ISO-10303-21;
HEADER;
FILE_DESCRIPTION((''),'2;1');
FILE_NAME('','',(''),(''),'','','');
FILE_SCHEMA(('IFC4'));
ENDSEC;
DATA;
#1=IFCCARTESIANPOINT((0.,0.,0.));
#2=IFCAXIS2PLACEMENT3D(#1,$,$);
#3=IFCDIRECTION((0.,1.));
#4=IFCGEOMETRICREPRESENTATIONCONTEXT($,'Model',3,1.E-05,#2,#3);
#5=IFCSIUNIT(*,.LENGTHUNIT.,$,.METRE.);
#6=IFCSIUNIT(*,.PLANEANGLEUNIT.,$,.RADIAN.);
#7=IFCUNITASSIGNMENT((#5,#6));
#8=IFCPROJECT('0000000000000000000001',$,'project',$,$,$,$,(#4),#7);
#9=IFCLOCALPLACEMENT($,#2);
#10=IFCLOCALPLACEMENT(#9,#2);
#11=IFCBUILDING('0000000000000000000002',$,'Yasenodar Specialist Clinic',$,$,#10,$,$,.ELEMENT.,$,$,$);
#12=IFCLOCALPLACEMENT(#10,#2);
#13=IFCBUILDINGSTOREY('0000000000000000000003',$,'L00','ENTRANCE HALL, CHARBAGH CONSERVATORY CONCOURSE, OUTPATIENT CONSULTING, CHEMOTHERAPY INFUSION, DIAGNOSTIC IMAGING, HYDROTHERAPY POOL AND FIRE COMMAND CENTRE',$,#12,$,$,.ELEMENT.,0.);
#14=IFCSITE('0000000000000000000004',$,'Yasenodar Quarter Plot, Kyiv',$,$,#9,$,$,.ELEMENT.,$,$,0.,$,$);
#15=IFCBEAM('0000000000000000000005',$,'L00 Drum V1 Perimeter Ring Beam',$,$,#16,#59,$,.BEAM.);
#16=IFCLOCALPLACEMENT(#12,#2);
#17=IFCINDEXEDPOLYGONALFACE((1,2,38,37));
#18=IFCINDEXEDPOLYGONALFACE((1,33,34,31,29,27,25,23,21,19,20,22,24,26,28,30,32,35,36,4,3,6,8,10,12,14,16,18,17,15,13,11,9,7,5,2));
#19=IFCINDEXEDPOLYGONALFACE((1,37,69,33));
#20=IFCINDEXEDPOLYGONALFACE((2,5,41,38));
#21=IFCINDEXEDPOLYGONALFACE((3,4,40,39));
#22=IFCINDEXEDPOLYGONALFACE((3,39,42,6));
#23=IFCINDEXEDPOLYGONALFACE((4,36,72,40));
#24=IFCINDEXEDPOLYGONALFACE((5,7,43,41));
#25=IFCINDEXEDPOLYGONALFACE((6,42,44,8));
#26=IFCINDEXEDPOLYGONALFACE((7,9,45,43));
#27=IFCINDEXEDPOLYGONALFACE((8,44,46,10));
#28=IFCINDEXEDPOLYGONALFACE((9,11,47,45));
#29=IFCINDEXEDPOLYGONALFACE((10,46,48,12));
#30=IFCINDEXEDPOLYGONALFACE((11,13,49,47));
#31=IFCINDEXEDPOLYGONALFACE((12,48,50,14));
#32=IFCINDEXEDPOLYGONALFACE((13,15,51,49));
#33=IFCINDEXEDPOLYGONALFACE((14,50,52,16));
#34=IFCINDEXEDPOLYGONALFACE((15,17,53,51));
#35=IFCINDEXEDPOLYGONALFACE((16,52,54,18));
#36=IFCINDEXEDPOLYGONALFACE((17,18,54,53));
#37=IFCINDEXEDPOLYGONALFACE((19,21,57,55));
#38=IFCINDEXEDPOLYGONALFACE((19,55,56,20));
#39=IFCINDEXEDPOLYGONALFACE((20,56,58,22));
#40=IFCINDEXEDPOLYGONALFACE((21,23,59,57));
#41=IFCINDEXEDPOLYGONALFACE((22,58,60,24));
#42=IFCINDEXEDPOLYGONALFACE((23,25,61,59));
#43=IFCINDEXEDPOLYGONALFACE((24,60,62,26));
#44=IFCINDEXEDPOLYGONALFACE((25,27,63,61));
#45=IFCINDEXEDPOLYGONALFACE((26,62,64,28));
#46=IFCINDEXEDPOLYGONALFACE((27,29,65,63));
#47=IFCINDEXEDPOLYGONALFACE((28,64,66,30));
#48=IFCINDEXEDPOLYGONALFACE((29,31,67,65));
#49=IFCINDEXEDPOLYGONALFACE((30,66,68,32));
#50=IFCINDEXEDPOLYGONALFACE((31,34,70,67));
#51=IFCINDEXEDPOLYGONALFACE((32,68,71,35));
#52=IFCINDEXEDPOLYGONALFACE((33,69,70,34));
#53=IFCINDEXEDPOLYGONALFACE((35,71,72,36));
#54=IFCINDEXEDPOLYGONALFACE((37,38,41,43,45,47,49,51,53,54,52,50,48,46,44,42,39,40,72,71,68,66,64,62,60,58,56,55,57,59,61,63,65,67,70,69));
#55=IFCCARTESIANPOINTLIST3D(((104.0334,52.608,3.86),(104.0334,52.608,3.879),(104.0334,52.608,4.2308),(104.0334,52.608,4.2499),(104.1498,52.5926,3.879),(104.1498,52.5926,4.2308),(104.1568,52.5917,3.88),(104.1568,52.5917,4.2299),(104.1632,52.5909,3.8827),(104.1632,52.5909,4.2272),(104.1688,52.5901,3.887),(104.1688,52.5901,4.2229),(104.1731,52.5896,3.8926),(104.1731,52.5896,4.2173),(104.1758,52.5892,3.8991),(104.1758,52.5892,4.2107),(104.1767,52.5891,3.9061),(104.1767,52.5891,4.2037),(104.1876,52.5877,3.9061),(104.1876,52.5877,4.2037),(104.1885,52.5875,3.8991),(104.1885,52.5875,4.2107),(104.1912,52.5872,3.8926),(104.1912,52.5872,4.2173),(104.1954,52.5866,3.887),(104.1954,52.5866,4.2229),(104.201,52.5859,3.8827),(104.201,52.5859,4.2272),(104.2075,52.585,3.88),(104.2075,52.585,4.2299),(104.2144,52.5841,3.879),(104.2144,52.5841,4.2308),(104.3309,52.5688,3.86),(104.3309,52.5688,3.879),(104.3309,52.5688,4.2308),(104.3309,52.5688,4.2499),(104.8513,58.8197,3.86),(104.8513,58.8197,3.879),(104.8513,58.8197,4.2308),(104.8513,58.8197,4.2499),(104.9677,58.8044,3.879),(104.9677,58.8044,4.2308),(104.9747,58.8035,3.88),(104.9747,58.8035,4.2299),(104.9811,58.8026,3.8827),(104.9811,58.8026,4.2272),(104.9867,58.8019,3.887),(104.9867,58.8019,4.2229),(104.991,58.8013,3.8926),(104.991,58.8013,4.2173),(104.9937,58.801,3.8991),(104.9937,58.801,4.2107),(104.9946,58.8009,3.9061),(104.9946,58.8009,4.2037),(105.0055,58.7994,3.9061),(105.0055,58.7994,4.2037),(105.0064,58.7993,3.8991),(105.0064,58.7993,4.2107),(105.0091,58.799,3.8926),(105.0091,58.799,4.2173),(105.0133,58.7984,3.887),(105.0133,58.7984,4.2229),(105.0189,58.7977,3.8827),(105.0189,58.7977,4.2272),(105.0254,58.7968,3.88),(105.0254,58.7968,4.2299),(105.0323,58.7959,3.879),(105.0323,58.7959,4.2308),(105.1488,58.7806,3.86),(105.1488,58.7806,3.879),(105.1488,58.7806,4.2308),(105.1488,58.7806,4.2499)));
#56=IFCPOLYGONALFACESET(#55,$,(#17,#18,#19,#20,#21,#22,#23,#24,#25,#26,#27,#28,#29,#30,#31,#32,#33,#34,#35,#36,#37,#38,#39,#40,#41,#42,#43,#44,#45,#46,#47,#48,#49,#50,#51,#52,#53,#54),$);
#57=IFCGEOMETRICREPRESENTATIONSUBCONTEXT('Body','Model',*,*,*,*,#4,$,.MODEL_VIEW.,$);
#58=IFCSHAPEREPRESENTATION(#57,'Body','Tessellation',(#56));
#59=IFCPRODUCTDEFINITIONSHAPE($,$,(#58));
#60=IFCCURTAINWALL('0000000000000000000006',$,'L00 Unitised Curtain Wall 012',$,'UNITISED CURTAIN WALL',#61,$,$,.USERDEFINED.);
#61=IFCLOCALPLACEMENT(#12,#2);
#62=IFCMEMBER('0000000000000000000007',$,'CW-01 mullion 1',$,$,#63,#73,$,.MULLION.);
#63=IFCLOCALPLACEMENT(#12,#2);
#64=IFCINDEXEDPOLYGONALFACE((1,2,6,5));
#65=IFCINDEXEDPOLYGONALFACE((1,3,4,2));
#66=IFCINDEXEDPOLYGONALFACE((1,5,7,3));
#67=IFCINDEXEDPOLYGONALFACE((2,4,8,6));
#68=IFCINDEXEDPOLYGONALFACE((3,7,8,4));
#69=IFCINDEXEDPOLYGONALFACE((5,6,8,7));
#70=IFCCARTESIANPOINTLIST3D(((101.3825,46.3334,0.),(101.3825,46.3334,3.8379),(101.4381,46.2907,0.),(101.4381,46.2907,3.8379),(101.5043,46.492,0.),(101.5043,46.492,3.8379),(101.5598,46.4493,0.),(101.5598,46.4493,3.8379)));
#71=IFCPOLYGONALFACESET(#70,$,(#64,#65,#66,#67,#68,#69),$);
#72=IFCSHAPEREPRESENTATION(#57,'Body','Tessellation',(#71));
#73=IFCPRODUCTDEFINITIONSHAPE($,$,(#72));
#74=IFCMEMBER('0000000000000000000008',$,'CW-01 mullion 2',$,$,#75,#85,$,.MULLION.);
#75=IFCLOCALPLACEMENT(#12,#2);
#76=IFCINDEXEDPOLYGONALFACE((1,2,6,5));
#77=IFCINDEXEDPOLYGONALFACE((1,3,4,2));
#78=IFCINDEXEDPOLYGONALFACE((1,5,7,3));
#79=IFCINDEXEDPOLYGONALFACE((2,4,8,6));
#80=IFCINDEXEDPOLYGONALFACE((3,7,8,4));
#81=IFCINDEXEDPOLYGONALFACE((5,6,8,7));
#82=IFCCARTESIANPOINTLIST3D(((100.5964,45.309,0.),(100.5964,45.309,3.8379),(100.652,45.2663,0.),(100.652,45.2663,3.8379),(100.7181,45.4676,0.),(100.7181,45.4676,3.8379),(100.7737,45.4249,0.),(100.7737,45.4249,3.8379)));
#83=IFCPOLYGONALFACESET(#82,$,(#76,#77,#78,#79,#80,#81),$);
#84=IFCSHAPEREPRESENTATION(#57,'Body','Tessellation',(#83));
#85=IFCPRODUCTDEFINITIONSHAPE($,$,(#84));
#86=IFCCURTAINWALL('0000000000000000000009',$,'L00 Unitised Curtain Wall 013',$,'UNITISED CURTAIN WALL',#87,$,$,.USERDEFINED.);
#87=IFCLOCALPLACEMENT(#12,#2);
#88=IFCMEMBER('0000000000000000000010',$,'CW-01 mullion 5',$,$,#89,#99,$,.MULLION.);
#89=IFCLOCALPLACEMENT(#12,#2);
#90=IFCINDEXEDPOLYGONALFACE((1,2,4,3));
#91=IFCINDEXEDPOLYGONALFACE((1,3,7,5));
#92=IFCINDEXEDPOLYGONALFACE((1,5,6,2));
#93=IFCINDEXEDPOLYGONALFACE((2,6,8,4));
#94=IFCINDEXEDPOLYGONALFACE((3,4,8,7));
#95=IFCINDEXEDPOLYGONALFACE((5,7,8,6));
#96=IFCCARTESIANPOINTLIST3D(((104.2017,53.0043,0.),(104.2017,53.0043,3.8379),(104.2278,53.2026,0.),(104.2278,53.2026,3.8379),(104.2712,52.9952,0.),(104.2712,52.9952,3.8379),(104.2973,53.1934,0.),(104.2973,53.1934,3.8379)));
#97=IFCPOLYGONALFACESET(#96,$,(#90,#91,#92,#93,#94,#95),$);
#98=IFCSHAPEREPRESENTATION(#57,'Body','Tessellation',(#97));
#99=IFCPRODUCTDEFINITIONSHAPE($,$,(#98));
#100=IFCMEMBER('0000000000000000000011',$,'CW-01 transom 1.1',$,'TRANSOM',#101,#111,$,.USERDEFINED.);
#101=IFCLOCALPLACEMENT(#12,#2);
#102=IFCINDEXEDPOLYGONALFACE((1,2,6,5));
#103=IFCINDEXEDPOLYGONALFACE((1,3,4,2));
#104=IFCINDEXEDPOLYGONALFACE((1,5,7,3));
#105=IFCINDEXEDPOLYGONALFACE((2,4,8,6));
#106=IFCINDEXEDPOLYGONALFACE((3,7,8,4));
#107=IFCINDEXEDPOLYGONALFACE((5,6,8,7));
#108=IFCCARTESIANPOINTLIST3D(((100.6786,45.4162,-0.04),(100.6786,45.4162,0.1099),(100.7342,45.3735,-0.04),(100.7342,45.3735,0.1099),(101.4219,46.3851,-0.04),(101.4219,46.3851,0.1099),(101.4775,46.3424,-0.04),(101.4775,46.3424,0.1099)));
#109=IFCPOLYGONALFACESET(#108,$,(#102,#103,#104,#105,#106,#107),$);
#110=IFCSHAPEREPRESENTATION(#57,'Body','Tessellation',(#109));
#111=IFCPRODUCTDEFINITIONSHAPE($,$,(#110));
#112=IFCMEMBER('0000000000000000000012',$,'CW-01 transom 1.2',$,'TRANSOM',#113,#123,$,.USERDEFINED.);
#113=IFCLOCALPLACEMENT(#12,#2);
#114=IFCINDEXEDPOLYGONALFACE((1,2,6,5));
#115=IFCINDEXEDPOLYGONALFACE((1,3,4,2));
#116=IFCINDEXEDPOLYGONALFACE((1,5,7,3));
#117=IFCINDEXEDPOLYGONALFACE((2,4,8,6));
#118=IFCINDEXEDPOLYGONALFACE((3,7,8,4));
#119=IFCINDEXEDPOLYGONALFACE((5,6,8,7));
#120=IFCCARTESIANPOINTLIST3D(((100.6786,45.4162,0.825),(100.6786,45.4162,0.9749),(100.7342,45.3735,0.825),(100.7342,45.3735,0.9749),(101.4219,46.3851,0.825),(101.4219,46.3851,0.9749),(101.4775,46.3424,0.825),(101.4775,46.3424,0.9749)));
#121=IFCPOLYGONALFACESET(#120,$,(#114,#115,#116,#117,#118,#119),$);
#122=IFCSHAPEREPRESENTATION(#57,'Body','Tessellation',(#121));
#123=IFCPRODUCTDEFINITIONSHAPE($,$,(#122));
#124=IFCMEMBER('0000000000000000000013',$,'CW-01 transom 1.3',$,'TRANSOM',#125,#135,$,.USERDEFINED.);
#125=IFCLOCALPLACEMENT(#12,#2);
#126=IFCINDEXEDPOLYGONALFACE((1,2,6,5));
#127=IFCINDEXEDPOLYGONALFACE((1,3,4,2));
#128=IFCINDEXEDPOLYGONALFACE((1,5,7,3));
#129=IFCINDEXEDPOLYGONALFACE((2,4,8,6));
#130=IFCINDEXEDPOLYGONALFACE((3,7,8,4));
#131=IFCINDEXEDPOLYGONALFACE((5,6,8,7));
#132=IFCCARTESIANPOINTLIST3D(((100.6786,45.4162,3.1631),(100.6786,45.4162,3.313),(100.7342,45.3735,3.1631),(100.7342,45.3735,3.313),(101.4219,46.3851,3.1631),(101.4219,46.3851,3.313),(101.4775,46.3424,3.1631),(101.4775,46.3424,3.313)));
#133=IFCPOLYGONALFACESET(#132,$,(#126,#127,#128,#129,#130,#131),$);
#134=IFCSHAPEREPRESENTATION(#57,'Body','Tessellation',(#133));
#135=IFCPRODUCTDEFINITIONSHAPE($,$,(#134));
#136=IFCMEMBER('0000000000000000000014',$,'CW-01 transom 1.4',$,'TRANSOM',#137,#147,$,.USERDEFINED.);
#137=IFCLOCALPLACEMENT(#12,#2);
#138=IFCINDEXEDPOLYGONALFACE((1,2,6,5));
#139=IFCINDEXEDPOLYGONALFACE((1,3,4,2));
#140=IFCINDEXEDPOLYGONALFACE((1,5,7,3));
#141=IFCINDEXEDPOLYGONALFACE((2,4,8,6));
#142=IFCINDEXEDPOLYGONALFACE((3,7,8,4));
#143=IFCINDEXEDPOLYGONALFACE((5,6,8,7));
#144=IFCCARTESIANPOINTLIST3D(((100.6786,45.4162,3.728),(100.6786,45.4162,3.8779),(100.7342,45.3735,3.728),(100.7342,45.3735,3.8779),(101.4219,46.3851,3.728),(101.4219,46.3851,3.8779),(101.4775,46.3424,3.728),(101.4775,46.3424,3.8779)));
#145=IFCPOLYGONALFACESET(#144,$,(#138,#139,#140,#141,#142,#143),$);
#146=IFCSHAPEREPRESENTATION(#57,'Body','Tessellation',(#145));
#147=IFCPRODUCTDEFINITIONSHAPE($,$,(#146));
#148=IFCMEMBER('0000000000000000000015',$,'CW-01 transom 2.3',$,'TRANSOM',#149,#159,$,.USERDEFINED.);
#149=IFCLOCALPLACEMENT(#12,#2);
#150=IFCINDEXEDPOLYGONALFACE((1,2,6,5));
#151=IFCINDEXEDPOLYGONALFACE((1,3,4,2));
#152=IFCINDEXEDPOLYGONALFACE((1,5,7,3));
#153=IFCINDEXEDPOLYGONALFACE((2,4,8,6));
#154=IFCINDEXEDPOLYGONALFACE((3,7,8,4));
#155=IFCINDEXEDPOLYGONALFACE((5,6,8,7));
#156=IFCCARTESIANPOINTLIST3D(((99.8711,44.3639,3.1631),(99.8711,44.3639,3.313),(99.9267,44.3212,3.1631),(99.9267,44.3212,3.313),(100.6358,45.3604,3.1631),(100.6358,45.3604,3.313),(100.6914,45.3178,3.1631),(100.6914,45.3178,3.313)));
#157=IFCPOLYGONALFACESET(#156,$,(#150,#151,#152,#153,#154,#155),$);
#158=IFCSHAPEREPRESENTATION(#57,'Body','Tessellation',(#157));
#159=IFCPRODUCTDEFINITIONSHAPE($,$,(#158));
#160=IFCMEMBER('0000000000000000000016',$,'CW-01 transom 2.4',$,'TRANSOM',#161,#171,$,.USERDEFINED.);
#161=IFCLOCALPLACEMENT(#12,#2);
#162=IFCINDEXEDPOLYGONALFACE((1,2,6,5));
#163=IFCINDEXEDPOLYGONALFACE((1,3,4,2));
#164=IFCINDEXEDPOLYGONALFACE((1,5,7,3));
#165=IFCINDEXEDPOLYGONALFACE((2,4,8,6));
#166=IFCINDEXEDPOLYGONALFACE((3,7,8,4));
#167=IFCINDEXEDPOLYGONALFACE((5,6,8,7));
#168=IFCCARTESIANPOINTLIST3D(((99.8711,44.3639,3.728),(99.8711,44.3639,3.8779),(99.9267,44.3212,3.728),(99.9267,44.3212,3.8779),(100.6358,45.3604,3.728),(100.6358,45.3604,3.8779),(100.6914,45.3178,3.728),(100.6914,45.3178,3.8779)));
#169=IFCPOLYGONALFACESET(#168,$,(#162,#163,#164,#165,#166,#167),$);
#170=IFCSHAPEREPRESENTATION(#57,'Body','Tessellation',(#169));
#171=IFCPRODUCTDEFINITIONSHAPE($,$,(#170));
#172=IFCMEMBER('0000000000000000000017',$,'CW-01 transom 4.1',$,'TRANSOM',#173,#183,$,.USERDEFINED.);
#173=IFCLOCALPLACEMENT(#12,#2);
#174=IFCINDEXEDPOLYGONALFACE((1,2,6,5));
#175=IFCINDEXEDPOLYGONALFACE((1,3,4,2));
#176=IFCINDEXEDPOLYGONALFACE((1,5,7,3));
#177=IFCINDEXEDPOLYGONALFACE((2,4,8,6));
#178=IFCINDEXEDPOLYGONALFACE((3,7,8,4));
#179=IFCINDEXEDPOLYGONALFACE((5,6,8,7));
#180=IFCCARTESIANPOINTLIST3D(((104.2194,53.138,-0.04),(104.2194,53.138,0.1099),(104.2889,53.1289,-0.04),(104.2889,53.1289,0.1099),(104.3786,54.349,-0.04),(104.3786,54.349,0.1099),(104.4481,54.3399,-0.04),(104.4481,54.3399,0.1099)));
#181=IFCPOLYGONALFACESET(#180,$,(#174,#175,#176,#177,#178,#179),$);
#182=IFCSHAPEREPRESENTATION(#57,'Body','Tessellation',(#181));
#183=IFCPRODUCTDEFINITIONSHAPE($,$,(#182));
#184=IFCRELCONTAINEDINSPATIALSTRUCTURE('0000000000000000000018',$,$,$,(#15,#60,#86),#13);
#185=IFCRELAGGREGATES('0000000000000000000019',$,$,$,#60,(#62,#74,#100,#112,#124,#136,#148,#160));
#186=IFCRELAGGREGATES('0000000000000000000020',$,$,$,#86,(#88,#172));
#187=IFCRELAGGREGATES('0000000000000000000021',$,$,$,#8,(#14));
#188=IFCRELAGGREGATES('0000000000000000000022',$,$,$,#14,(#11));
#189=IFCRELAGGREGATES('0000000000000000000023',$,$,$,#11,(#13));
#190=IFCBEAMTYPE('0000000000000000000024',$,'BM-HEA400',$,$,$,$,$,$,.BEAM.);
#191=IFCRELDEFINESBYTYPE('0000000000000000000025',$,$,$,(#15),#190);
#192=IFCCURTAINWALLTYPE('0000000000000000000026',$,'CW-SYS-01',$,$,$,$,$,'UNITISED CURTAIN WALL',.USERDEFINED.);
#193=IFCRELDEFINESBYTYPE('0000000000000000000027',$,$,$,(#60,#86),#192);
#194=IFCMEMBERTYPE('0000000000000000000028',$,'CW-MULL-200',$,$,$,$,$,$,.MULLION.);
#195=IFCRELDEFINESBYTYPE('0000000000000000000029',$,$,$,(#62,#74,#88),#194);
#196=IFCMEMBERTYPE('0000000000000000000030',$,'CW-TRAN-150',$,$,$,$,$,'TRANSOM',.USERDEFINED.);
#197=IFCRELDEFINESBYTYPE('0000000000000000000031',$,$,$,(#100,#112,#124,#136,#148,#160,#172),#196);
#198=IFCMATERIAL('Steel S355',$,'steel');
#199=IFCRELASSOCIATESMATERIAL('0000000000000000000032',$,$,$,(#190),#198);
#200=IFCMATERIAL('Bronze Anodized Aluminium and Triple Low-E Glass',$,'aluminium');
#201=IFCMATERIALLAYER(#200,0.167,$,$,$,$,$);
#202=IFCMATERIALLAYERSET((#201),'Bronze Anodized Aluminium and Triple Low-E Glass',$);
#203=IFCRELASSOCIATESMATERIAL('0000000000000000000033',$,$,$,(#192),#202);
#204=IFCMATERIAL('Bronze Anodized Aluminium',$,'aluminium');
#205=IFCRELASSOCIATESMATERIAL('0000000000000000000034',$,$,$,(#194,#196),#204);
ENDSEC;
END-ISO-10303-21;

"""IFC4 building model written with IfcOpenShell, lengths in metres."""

from ifc_helpers import new_model, si_unit, direction, frame, origin, origin_2d, place, context, subcontext, project, spatial, rectangle, i_section, extrude, material, layer, layer_set, material_profile, profile_set, type_object, element, aggregate, save


model = new_model("IFC4")

# Units and contexts
model_context = context("Model", 3, precision=1e-05, world=origin(), true_north=direction((0.0, 1.0)))
body_context = subcontext(model_context, "Body", "Model", "MODEL_VIEW")
ifc_project = project(units=[si_unit("LENGTHUNIT", "METRE"), si_unit("PLANEANGLEUNIT", "RADIAN")], contexts=[model_context])

# Site, building, storey
site_placement = place(None, origin())
site = spatial("IfcSite", under=ifc_project, at=site_placement, Name="Yasenodar Quarter Plot, Kyiv", CompositionType="ELEMENT", RefElevation=0.0)
building_placement = place(site_placement, origin())
building = spatial("IfcBuilding", under=site, at=building_placement, Name="Yasenodar Specialist Clinic", CompositionType="ELEMENT")
storey_placement = place(building_placement, origin())
storey = spatial("IfcBuildingStorey", under=building, at=storey_placement, Name="L00", Description="ENTRANCE HALL, CHARBAGH CONSERVATORY CONCOURSE, OUTPATIENT CONSULTING, CHEMOTHERAPY INFUSION, DIAGNOSTIC IMAGING, HYDROTHERAPY POOL AND FIRE COMMAND CENTRE", CompositionType="ELEMENT", Elevation=0.0)

# Shared definitions
ifc_material_1 = material(Name="Steel S355", Category="steel")

# Beam
ifc_material_profile_1 = material_profile(ifc_material_1, i_section(OverallWidth=0.3, OverallDepth=0.3899, WebThickness=0.011, FlangeThickness=0.019, FilletRadius=0.0271, at=origin_2d()), Name="HEA 400")
ifc_profile_set_1 = profile_set([ifc_material_profile_1], Name="Steel S355")
beam_type = type_object("IfcBeamType", Name="BM-HEA400", PredefinedType="BEAM", material=ifc_profile_set_1)
beam_1_placement = place(storey_placement, frame((104.1821, 52.5884, 4.0549), z_axis=(0.13054, 0.991443, 0.0), x_axis=(-0.991443, 0.13054, 0.0)))
element("IfcBeam", 1, at=beam_1_placement, inside=storey, type_object=beam_type, Name="L00 Drum V1 Perimeter Ring Beam", PredefinedType="BEAM", context=body_context, shape_type="SweptSolid", body=[
    extrude(i_section(OverallWidth=0.3, OverallDepth=0.3899, WebThickness=0.011, FlangeThickness=0.019, FilletRadius=0.0271, at=origin_2d()), origin(), (0.0, 0.0, 1.0), 6.2654),
])

# Curtain wall, members
ifc_material_2 = material(Name="Bronze Anodized Aluminium and Triple Low-E Glass", Category="aluminium")
ifc_layer_1 = layer(ifc_material_2, 0.167)
ifc_layer_set_1 = layer_set([ifc_layer_1], Name="Bronze Anodized Aluminium and Triple Low-E Glass")
curtain_wall_type = type_object("IfcCurtainWallType", Name="CW-SYS-01", ElementType="UNITISED CURTAIN WALL", PredefinedType="USERDEFINED", material=ifc_layer_set_1)
curtain_wall_1_placement = place(storey_placement, origin())
curtain_wall_1 = element("IfcCurtainWall", 2, at=curtain_wall_1_placement, inside=storey, type_object=curtain_wall_type, Name="L00 Unitised Curtain Wall 012", ObjectType="UNITISED CURTAIN WALL", PredefinedType="USERDEFINED")
ifc_material_3 = material(Name="Bronze Anodized Aluminium", Category="aluminium")
ifc_material_profile_2 = material_profile(ifc_material_3, rectangle(XDim=0.0701, YDim=0.2, at=origin_2d()), Name="CW-MULL 70x200")
ifc_profile_set_2 = profile_set([ifc_material_profile_2], Name="Bronze Anodized Aluminium")
member_type_1 = type_object("IfcMemberType", Name="CW-MULL-200", PredefinedType="MULLION", material=ifc_profile_set_2)
member_1_placement = place(storey_placement, frame((101.4712, 46.3914, 0.0), z_axis=(0.0, 0.0, 1.0), x_axis=(0.793361, -0.608752, 0.0)))
member_1 = element("IfcMember", 3, at=member_1_placement, type_object=member_type_1, Name="CW-01 mullion 1", PredefinedType="MULLION", context=body_context, shape_type="SweptSolid", body=[
    extrude(rectangle(XDim=0.0701, YDim=0.2, at=origin_2d()), origin(), (0.0, 0.0, 1.0), 3.8379),
])
member_2_placement = place(storey_placement, frame((100.6851, 45.3669, 0.0), z_axis=(0.0, 0.0, 1.0), x_axis=(0.793361, -0.608752, 0.0)))
member_2 = element("IfcMember", 4, at=member_2_placement, type_object=member_type_1, Name="CW-01 mullion 2", PredefinedType="MULLION", context=body_context, shape_type="SweptSolid", body=[
    extrude(rectangle(XDim=0.0701, YDim=0.2, at=origin_2d()), origin(), (0.0, 0.0, 1.0), 3.8379),
])

# Curtain wall, member
curtain_wall_2_placement = place(storey_placement, origin())
curtain_wall_2 = element("IfcCurtainWall", 5, at=curtain_wall_2_placement, inside=storey, type_object=curtain_wall_type, Name="L00 Unitised Curtain Wall 013", ObjectType="UNITISED CURTAIN WALL", PredefinedType="USERDEFINED")
member_3_placement = place(storey_placement, frame((104.2495, 53.0989, 0.0), z_axis=(0.0, 0.0, 1.0), x_axis=(0.991447, -0.130512, 0.0)))
member_3 = element("IfcMember", 6, at=member_3_placement, type_object=member_type_1, Name="CW-01 mullion 5", PredefinedType="MULLION", context=body_context, shape_type="SweptSolid", body=[
    extrude(rectangle(XDim=0.0701, YDim=0.2, at=origin_2d()), origin(), (0.0, 0.0, 1.0), 3.8379),
])

# Members
ifc_material_profile_3 = material_profile(ifc_material_3, rectangle(XDim=0.0701, YDim=0.1499, at=origin_2d()), Name="CW-TRAN 70x150")
ifc_profile_set_3 = profile_set([ifc_material_profile_3], Name="Bronze Anodized Aluminium")
member_type_2 = type_object("IfcMemberType", Name="CW-TRAN-150", ElementType="TRANSOM", PredefinedType="USERDEFINED", material=ifc_profile_set_3)
member_4_placement = place(storey_placement, frame((101.4497, 46.3638, 0.0349), z_axis=(-0.608696, -0.793404, 0.0), x_axis=(0.793404, -0.608696, 0.0)))
member_4 = element("IfcMember", 7, at=member_4_placement, type_object=member_type_2, Name="CW-01 transom 1.1", ObjectType="TRANSOM", PredefinedType="USERDEFINED", context=body_context, shape_type="SweptSolid", body=[
    extrude(rectangle(XDim=0.0701, YDim=0.1499, at=origin_2d()), origin(), (0.0, 0.0, 1.0), 1.2212),
])
member_5_placement = place(storey_placement, frame((101.4497, 46.3638, 0.8999), z_axis=(-0.608696, -0.793404, 0.0), x_axis=(0.793404, -0.608696, 0.0)))
member_5 = element("IfcMember", 8, at=member_5_placement, type_object=member_type_2, Name="CW-01 transom 1.2", ObjectType="TRANSOM", PredefinedType="USERDEFINED", context=body_context, shape_type="SweptSolid", body=[
    extrude(rectangle(XDim=0.0701, YDim=0.1499, at=origin_2d()), origin(), (0.0, 0.0, 1.0), 1.2212),
])
member_6_placement = place(storey_placement, frame((101.4497, 46.3638, 3.238), z_axis=(-0.608696, -0.793404, 0.0), x_axis=(0.793404, -0.608696, 0.0)))
member_6 = element("IfcMember", 9, at=member_6_placement, type_object=member_type_2, Name="CW-01 transom 1.3", ObjectType="TRANSOM", PredefinedType="USERDEFINED", context=body_context, shape_type="SweptSolid", body=[
    extrude(rectangle(XDim=0.0701, YDim=0.1499, at=origin_2d()), origin(), (0.0, 0.0, 1.0), 1.2212),
])
member_7_placement = place(storey_placement, frame((101.4497, 46.3638, 3.803), z_axis=(-0.608696, -0.793404, 0.0), x_axis=(0.793404, -0.608696, 0.0)))
member_7 = element("IfcMember", 10, at=member_7_placement, type_object=member_type_2, Name="CW-01 transom 1.4", ObjectType="TRANSOM", PredefinedType="USERDEFINED", context=body_context, shape_type="SweptSolid", body=[
    extrude(rectangle(XDim=0.0701, YDim=0.1499, at=origin_2d()), origin(), (0.0, 0.0, 1.0), 1.2212),
])
member_8_placement = place(storey_placement, frame((100.6636, 45.3391, 3.238), z_axis=(-0.608733, -0.793375, 0.0), x_axis=(0.793375, -0.608733, 0.0)))
member_8 = element("IfcMember", 11, at=member_8_placement, type_object=member_type_2, Name="CW-01 transom 2.3", ObjectType="TRANSOM", PredefinedType="USERDEFINED", context=body_context, shape_type="SweptSolid", body=[
    extrude(rectangle(XDim=0.0701, YDim=0.1499, at=origin_2d()), origin(), (0.0, 0.0, 1.0), 1.2561),
])
member_9_placement = place(storey_placement, frame((100.6636, 45.3391, 3.803), z_axis=(-0.608733, -0.793375, 0.0), x_axis=(0.793375, -0.608733, 0.0)))
member_9 = element("IfcMember", 12, at=member_9_placement, type_object=member_type_2, Name="CW-01 transom 2.4", ObjectType="TRANSOM", PredefinedType="USERDEFINED", context=body_context, shape_type="SweptSolid", body=[
    extrude(rectangle(XDim=0.0701, YDim=0.1499, at=origin_2d()), origin(), (0.0, 0.0, 1.0), 1.2561),
])
member_10_placement = place(storey_placement, frame((104.4133, 54.3445, 0.0349), z_axis=(-0.13033, -0.991471, 0.0), x_axis=(0.991471, -0.13033, 0.0)))
member_10 = element("IfcMember", 13, at=member_10_placement, type_object=member_type_2, Name="CW-01 transom 4.1", ObjectType="TRANSOM", PredefinedType="USERDEFINED", context=body_context, shape_type="SweptSolid", body=[
    extrude(rectangle(XDim=0.0701, YDim=0.1499, at=origin_2d()), origin(), (0.0, 0.0, 1.0), 1.2214),
])

aggregate(curtain_wall_1, [member_1, member_2, member_4, member_5, member_6, member_7, member_8, member_9])
aggregate(curtain_wall_2, [member_3, member_10])

save(model, "model.ifc")
